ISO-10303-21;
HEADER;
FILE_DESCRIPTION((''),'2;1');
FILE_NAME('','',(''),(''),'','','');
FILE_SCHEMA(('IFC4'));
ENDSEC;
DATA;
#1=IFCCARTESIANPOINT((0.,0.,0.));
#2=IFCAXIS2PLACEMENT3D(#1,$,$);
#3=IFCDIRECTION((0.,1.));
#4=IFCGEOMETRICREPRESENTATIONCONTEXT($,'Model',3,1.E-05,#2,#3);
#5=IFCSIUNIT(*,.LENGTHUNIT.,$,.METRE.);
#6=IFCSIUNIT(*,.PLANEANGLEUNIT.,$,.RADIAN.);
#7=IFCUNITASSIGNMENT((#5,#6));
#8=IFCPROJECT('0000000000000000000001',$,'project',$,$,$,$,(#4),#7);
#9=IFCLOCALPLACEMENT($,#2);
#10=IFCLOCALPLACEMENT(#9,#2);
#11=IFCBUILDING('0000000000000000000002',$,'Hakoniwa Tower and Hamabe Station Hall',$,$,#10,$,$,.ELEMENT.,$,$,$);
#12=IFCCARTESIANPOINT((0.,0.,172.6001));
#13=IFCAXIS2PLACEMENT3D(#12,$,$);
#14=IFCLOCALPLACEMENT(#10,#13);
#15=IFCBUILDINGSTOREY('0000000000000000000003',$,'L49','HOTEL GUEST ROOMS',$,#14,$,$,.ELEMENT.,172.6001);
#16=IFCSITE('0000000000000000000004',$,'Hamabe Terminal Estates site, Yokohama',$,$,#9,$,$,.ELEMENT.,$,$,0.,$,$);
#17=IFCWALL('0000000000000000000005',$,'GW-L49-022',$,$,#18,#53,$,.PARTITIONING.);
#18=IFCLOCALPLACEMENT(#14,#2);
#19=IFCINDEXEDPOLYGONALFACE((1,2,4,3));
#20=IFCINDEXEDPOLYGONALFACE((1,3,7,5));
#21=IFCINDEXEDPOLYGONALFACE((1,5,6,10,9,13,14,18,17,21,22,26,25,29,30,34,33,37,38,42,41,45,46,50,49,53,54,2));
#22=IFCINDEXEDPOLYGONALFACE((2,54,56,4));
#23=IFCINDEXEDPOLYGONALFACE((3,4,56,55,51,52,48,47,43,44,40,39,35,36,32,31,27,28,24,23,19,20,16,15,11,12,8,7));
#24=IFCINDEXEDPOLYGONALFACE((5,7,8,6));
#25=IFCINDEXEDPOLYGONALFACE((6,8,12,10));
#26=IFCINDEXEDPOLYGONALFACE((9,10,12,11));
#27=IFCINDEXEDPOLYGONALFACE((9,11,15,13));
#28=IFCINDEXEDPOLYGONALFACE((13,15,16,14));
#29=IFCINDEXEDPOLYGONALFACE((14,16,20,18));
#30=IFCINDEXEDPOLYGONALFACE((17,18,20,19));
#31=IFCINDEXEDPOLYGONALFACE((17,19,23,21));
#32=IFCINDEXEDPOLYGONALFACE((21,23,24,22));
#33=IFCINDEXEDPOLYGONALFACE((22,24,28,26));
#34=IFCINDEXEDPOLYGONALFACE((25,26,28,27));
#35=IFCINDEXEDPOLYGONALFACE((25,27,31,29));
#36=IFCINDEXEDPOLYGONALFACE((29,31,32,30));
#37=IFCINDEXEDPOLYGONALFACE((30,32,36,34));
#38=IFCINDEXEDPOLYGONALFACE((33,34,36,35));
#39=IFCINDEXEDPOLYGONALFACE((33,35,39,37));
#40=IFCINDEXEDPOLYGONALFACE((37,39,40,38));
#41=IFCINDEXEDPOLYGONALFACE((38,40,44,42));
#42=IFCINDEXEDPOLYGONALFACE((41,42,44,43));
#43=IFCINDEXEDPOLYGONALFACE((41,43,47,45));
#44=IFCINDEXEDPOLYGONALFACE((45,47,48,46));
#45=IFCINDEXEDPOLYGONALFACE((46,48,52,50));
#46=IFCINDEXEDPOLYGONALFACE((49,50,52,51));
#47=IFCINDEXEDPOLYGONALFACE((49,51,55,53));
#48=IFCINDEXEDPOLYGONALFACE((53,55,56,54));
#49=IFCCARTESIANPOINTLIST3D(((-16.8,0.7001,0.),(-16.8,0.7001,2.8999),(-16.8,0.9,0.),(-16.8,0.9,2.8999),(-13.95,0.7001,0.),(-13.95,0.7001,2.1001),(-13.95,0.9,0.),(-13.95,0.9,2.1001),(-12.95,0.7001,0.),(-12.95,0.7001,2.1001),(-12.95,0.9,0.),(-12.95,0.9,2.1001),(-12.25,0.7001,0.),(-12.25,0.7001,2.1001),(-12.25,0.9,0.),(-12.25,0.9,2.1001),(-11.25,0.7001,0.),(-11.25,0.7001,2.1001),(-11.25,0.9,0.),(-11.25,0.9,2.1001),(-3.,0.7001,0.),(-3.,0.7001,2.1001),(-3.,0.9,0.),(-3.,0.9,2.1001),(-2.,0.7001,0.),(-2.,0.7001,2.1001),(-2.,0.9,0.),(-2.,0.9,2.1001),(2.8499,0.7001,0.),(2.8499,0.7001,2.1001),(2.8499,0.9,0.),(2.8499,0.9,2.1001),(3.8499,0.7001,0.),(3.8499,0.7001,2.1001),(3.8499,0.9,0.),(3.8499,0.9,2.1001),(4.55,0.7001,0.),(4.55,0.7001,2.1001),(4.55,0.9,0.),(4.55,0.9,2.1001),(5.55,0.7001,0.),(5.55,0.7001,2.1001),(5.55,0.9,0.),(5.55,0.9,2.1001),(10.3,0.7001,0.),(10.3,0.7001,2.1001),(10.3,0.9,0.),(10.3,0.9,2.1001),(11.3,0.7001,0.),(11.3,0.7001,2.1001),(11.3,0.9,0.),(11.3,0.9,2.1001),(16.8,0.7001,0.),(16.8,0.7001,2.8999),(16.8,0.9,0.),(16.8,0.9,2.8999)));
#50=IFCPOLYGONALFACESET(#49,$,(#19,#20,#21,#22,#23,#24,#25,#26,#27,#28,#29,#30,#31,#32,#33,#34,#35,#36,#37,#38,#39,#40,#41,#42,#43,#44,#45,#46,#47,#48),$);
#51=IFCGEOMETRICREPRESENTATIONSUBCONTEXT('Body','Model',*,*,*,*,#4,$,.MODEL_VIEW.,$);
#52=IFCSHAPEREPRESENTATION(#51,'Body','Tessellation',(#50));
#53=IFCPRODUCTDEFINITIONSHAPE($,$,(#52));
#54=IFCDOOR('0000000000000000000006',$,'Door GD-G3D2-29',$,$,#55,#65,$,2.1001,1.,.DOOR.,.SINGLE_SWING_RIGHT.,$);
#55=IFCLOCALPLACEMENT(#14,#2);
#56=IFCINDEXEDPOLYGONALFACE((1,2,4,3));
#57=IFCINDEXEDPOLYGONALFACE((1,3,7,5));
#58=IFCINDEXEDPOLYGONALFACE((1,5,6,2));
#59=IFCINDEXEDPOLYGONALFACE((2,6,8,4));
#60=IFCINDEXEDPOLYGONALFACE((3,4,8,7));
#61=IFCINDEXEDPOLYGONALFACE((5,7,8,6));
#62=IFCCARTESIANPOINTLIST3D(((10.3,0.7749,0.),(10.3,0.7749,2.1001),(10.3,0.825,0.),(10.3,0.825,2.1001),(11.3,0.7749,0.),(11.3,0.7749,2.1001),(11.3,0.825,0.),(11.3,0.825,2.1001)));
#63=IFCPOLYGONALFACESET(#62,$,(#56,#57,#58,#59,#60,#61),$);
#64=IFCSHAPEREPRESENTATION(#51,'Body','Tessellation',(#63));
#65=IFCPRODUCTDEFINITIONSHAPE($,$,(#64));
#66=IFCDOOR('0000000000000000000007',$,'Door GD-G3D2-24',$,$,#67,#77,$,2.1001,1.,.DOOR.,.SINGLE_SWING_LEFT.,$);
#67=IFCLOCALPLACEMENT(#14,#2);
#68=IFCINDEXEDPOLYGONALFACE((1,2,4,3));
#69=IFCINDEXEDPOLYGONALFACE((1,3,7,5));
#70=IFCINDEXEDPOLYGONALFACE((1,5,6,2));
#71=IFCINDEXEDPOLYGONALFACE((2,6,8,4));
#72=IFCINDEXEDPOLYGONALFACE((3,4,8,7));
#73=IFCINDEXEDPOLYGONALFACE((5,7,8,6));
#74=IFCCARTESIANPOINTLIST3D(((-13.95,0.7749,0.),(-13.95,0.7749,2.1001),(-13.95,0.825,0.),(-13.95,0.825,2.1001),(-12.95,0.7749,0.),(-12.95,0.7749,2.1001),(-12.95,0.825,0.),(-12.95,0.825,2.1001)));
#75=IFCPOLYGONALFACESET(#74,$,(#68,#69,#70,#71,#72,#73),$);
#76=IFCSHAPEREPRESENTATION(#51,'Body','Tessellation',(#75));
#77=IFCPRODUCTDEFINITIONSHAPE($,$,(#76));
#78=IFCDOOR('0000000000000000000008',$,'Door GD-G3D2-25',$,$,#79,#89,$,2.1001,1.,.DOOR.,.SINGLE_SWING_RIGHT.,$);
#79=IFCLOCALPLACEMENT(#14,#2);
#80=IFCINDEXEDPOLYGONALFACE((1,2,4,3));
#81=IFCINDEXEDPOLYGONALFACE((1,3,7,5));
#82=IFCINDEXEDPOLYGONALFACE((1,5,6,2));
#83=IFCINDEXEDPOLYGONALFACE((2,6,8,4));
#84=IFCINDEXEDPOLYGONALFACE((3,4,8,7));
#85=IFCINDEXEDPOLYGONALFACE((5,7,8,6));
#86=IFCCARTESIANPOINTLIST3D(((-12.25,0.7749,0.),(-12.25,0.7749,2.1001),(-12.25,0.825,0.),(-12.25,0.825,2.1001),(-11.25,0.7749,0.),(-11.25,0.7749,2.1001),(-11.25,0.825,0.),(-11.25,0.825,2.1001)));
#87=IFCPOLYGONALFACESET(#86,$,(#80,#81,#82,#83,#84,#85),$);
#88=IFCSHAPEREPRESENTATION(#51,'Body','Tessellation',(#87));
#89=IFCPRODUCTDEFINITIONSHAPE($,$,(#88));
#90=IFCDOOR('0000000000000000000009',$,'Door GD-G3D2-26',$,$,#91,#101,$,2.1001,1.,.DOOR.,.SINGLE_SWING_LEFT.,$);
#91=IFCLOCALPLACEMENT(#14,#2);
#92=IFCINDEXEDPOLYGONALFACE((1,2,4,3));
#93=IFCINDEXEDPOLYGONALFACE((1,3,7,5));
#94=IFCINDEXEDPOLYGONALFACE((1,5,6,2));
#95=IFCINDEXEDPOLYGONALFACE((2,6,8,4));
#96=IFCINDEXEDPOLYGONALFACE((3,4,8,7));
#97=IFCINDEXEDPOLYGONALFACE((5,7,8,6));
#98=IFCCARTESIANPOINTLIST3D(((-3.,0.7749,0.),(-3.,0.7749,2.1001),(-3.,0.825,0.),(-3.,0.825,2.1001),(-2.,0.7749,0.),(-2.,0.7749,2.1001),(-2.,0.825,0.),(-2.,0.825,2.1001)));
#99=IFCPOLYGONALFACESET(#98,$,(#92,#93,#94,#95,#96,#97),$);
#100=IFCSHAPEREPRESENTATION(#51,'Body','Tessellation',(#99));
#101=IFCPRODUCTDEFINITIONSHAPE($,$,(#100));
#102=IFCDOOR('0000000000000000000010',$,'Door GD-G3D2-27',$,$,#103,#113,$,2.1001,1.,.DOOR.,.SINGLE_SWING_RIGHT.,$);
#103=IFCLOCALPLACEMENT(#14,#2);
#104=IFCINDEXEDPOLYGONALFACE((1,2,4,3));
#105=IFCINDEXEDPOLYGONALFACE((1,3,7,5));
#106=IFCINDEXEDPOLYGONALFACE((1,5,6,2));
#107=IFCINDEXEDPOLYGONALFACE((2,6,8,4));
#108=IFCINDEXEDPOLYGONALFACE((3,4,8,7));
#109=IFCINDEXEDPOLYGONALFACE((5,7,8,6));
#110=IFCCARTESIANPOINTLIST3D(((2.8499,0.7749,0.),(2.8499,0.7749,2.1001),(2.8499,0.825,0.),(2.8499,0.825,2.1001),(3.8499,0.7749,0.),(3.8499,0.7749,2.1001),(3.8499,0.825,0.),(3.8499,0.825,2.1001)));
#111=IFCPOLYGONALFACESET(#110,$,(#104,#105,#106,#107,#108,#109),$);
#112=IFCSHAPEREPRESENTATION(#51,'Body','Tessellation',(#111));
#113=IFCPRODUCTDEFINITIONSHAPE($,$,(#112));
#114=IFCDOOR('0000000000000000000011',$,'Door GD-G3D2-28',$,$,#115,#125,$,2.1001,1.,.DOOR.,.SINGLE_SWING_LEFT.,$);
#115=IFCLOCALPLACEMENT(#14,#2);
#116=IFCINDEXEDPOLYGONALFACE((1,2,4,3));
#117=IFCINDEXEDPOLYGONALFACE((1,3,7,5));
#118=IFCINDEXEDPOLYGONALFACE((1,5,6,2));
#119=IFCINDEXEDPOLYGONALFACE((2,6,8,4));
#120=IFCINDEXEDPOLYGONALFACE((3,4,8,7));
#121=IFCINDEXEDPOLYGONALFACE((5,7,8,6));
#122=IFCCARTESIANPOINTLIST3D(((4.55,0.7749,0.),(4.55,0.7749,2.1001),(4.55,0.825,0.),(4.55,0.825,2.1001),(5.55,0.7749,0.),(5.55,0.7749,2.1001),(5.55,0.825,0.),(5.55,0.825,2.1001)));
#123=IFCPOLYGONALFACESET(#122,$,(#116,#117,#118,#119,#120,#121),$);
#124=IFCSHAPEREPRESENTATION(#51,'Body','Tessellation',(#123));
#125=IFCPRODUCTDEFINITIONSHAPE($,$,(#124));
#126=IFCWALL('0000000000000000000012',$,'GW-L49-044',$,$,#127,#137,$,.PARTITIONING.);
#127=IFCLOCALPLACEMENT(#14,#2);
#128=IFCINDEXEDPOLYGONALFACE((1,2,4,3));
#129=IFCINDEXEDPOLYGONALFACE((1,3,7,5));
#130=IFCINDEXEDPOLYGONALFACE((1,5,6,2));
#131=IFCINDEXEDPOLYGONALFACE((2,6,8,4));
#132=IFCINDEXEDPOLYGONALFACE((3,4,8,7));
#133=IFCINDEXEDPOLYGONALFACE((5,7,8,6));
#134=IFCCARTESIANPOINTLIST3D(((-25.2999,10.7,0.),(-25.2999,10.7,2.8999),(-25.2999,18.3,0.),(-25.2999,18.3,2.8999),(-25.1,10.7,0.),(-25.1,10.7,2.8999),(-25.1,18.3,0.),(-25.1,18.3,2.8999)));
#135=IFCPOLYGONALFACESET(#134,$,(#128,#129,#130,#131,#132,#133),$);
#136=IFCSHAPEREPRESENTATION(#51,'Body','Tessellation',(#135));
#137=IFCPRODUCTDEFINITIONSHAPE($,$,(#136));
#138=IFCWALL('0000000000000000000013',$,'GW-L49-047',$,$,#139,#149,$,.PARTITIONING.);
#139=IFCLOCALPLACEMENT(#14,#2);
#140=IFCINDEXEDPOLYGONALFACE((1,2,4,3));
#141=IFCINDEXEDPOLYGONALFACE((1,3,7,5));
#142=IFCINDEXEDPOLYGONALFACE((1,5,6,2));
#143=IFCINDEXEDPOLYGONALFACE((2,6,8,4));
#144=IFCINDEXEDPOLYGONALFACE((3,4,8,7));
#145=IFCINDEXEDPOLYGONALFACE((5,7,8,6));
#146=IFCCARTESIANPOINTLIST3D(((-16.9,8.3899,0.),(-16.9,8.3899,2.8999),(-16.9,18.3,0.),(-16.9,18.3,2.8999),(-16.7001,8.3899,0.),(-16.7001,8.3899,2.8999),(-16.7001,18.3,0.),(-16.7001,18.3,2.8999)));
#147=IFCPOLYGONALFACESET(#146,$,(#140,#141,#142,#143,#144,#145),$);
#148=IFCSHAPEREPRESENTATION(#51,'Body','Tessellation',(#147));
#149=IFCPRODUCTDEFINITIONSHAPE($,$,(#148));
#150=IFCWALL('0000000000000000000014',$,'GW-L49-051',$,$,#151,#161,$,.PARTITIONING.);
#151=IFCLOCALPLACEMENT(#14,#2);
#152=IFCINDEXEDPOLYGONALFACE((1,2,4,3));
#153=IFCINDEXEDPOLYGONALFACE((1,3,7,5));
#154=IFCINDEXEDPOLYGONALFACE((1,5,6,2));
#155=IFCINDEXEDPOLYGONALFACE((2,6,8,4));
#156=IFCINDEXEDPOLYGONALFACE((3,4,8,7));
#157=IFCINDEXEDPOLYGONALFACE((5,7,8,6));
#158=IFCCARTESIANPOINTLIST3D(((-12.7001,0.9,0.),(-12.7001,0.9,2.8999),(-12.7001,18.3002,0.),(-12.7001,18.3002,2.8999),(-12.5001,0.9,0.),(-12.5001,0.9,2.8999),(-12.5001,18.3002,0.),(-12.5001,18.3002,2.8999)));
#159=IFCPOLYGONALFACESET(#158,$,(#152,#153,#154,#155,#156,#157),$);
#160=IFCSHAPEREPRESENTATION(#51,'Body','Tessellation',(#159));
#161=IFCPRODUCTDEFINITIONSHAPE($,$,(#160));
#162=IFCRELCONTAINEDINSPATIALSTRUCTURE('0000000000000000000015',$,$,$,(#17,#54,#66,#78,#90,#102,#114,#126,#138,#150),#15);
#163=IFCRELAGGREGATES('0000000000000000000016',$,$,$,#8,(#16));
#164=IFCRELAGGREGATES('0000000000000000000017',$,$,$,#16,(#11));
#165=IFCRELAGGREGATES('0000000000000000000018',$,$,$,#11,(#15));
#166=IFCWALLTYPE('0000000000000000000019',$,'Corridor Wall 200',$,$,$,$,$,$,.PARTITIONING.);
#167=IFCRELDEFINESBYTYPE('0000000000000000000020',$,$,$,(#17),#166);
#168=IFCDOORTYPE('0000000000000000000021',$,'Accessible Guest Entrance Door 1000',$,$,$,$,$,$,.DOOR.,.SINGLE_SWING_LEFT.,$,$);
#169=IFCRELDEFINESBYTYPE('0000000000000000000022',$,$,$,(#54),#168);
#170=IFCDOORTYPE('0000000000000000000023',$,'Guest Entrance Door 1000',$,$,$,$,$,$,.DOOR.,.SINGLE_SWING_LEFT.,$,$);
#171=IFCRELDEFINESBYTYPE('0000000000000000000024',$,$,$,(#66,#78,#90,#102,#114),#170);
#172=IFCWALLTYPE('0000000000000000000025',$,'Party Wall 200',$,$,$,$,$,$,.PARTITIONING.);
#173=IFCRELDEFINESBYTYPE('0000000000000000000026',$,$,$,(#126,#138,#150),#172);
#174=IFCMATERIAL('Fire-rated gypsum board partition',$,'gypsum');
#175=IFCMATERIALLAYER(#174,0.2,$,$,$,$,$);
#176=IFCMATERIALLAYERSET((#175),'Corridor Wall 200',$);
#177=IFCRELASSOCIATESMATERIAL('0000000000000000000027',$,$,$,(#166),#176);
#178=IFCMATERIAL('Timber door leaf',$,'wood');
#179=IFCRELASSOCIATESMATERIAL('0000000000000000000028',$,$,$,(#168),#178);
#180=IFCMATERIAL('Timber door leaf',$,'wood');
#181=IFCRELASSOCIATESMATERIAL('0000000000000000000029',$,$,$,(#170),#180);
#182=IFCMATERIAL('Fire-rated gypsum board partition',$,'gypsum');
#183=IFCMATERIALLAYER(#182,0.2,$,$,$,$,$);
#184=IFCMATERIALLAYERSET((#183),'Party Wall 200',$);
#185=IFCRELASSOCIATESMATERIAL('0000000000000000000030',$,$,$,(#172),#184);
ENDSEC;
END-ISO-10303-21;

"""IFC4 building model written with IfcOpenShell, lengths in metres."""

from ifc_helpers import new_model, si_unit, direction, frame, frame_2d, origin, place, context, subcontext, project, spatial, rectangle, extrude, material, layer, layer_set, type_object, element, fill, save


model = new_model("IFC4")

# Units and contexts
model_context = context("Model", 3, precision=1e-05, world=origin(), true_north=direction((0.0, 1.0)))
body_context = subcontext(model_context, "Body", "Model", "MODEL_VIEW")
ifc_project = project(units=[si_unit("LENGTHUNIT", "METRE"), si_unit("PLANEANGLEUNIT", "RADIAN")], contexts=[model_context])

# Site, building, storey
site_placement = place(None, origin())
site = spatial("IfcSite", under=ifc_project, at=site_placement, Name="Hamabe Terminal Estates site, Yokohama", CompositionType="ELEMENT", RefElevation=0.0)
building_placement = place(site_placement, origin())
building = spatial("IfcBuilding", under=site, at=building_placement, Name="Hakoniwa Tower and Hamabe Station Hall", CompositionType="ELEMENT")
storey_placement = place(building_placement, frame((0.0, 0.0, 172.6001)))
storey = spatial("IfcBuildingStorey", under=building, at=storey_placement, Name="L49", Description="HOTEL GUEST ROOMS", CompositionType="ELEMENT", Elevation=172.6001)

# Wall, openings, doors
ifc_material_1 = material(Name="Fire-rated gypsum board partition", Category="gypsum")
ifc_layer_1 = layer(ifc_material_1, 0.2)
ifc_layer_set_1 = layer_set([ifc_layer_1], Name="Corridor Wall 200")
wall_type_1 = type_object("IfcWallType", Name="Corridor Wall 200", PredefinedType="PARTITIONING", material=ifc_layer_set_1)
wall_1_placement = place(storey_placement, frame((-16.8, 0.8, 0.0), z_axis=(0.0, 0.0, 1.0), x_axis=(1.0, 0.0, 0.0)))
wall_1 = element("IfcWall", 1, at=wall_1_placement, inside=storey, type_object=wall_type_1, Name="GW-L49-022", PredefinedType="PARTITIONING", context=body_context, shape_type="SweptSolid", body=[
    extrude(rectangle(XDim=33.6001, YDim=0.2, at=frame_2d((16.8, 0.0))), origin(), (0.0, 0.0, 1.0), 2.8999),
])
opening_1_placement = place(wall_1_placement, frame((2.8501, 0.0, 0.0)))
opening_1 = element("IfcOpeningElement", 2, at=opening_1_placement, cuts=wall_1, PredefinedType="OPENING", context=body_context, shape_type="SweptSolid", body=[
    extrude(rectangle(XDim=1.0, YDim=2.1001, at=frame_2d((0.5, 1.05))), frame((0.0, 0.1099, 0.0), z_axis=(0.0, -1.0, 0.0), x_axis=(1.0, 0.0, 0.0)), (0.0, 0.0, 1.0), 0.22),
])
opening_2_placement = place(wall_1_placement, frame((4.55, 0.0, 0.0)))
opening_2 = element("IfcOpeningElement", 3, at=opening_2_placement, cuts=wall_1, PredefinedType="OPENING", context=body_context, shape_type="SweptSolid", body=[
    extrude(rectangle(XDim=1.0, YDim=2.1001, at=frame_2d((0.5, 1.05))), frame((0.0, 0.1099, 0.0), z_axis=(0.0, -1.0, 0.0), x_axis=(1.0, 0.0, 0.0)), (0.0, 0.0, 1.0), 0.22),
])
opening_3_placement = place(wall_1_placement, frame((13.8, 0.0, 0.0)))
opening_3 = element("IfcOpeningElement", 4, at=opening_3_placement, cuts=wall_1, PredefinedType="OPENING", context=body_context, shape_type="SweptSolid", body=[
    extrude(rectangle(XDim=1.0, YDim=2.1001, at=frame_2d((0.5, 1.05))), frame((0.0, 0.1099, 0.0), z_axis=(0.0, -1.0, 0.0), x_axis=(1.0, 0.0, 0.0)), (0.0, 0.0, 1.0), 0.22),
])
opening_4_placement = place(wall_1_placement, frame((19.6499, 0.0, 0.0)))
opening_4 = element("IfcOpeningElement", 5, at=opening_4_placement, cuts=wall_1, PredefinedType="OPENING", context=body_context, shape_type="SweptSolid", body=[
    extrude(rectangle(XDim=1.0, YDim=2.1001, at=frame_2d((0.5, 1.05))), frame((0.0, 0.1099, 0.0), z_axis=(0.0, -1.0, 0.0), x_axis=(1.0, 0.0, 0.0)), (0.0, 0.0, 1.0), 0.22),
])
opening_5_placement = place(wall_1_placement, frame((21.3501, 0.0, 0.0)))
opening_5 = element("IfcOpeningElement", 6, at=opening_5_placement, cuts=wall_1, PredefinedType="OPENING", context=body_context, shape_type="SweptSolid", body=[
    extrude(rectangle(XDim=1.0, YDim=2.1001, at=frame_2d((0.5, 1.05))), frame((0.0, 0.1099, 0.0), z_axis=(0.0, -1.0, 0.0), x_axis=(1.0, 0.0, 0.0)), (0.0, 0.0, 1.0), 0.22),
])
opening_6_placement = place(wall_1_placement, frame((27.1001, 0.0, 0.0)))
opening_6 = element("IfcOpeningElement", 7, at=opening_6_placement, cuts=wall_1, PredefinedType="OPENING", context=body_context, shape_type="SweptSolid", body=[
    extrude(rectangle(XDim=1.0, YDim=2.1001, at=frame_2d((0.5, 1.05))), frame((0.0, 0.1099, 0.0), z_axis=(0.0, -1.0, 0.0), x_axis=(1.0, 0.0, 0.0)), (0.0, 0.0, 1.0), 0.22),
])
ifc_material_2 = material(Name="Timber door leaf", Category="wood")
door_type_1 = type_object("IfcDoorType", Name="Accessible Guest Entrance Door 1000", OperationType="SINGLE_SWING_LEFT", PredefinedType="DOOR", material=ifc_material_2)
door_1_placement = place(opening_6_placement, origin())
door_1 = element("IfcDoor", 8, at=door_1_placement, inside=storey, type_object=door_type_1, Name="Door GD-G3D2-29", OperationType="SINGLE_SWING_RIGHT", OverallHeight=2.1001, OverallWidth=1.0, PredefinedType="DOOR", context=body_context, shape_type="SweptSolid", body=[
    extrude(rectangle(XDim=1.0, YDim=2.1001, at=frame_2d((0.5, 1.05))), frame((0.0, 0.0249, 0.0), z_axis=(0.0, -1.0, 0.0), x_axis=(1.0, 0.0, 0.0)), (0.0, 0.0, 1.0), 0.05),
])
fill(opening_6, door_1)
ifc_material_3 = material(Name="Timber door leaf", Category="wood")
door_type_2 = type_object("IfcDoorType", Name="Guest Entrance Door 1000", OperationType="SINGLE_SWING_LEFT", PredefinedType="DOOR", material=ifc_material_3)
door_2_placement = place(opening_1_placement, origin())
door_2 = element("IfcDoor", 9, at=door_2_placement, inside=storey, type_object=door_type_2, Name="Door GD-G3D2-24", OperationType="SINGLE_SWING_LEFT", OverallHeight=2.1001, OverallWidth=1.0, PredefinedType="DOOR", context=body_context, shape_type="SweptSolid", body=[
    extrude(rectangle(XDim=1.0, YDim=2.1001, at=frame_2d((0.5, 1.05))), frame((0.0, 0.0249, 0.0), z_axis=(0.0, -1.0, 0.0), x_axis=(1.0, 0.0, 0.0)), (0.0, 0.0, 1.0), 0.05),
])
fill(opening_1, door_2)
door_3_placement = place(opening_2_placement, origin())
door_3 = element("IfcDoor", 10, at=door_3_placement, inside=storey, type_object=door_type_2, Name="Door GD-G3D2-25", OperationType="SINGLE_SWING_RIGHT", OverallHeight=2.1001, OverallWidth=1.0, PredefinedType="DOOR", context=body_context, shape_type="SweptSolid", body=[
    extrude(rectangle(XDim=1.0, YDim=2.1001, at=frame_2d((0.5, 1.05))), frame((0.0, 0.0249, 0.0), z_axis=(0.0, -1.0, 0.0), x_axis=(1.0, 0.0, 0.0)), (0.0, 0.0, 1.0), 0.05),
])
fill(opening_2, door_3)
door_4_placement = place(opening_3_placement, origin())
door_4 = element("IfcDoor", 11, at=door_4_placement, inside=storey, type_object=door_type_2, Name="Door GD-G3D2-26", OperationType="SINGLE_SWING_LEFT", OverallHeight=2.1001, OverallWidth=1.0, PredefinedType="DOOR", context=body_context, shape_type="SweptSolid", body=[
    extrude(rectangle(XDim=1.0, YDim=2.1001, at=frame_2d((0.5, 1.05))), frame((0.0, 0.0249, 0.0), z_axis=(0.0, -1.0, 0.0), x_axis=(1.0, 0.0, 0.0)), (0.0, 0.0, 1.0), 0.05),
])
fill(opening_3, door_4)
door_5_placement = place(opening_4_placement, origin())
door_5 = element("IfcDoor", 12, at=door_5_placement, inside=storey, type_object=door_type_2, Name="Door GD-G3D2-27", OperationType="SINGLE_SWING_RIGHT", OverallHeight=2.1001, OverallWidth=1.0, PredefinedType="DOOR", context=body_context, shape_type="SweptSolid", body=[
    extrude(rectangle(XDim=1.0, YDim=2.1001, at=frame_2d((0.5, 1.05))), frame((0.0, 0.0249, 0.0), z_axis=(0.0, -1.0, 0.0), x_axis=(1.0, 0.0, 0.0)), (0.0, 0.0, 1.0), 0.05),
])
fill(opening_4, door_5)
door_6_placement = place(opening_5_placement, origin())
door_6 = element("IfcDoor", 13, at=door_6_placement, inside=storey, type_object=door_type_2, Name="Door GD-G3D2-28", OperationType="SINGLE_SWING_LEFT", OverallHeight=2.1001, OverallWidth=1.0, PredefinedType="DOOR", context=body_context, shape_type="SweptSolid", body=[
    extrude(rectangle(XDim=1.0, YDim=2.1001, at=frame_2d((0.5, 1.05))), frame((0.0, 0.0249, 0.0), z_axis=(0.0, -1.0, 0.0), x_axis=(1.0, 0.0, 0.0)), (0.0, 0.0, 1.0), 0.05),
])
fill(opening_5, door_6)

# Walls
ifc_material_4 = material(Name="Fire-rated gypsum board partition", Category="gypsum")
ifc_layer_2 = layer(ifc_material_4, 0.2)
ifc_layer_set_2 = layer_set([ifc_layer_2], Name="Party Wall 200")
wall_type_2 = type_object("IfcWallType", Name="Party Wall 200", PredefinedType="PARTITIONING", material=ifc_layer_set_2)
wall_2_placement = place(storey_placement, frame((-25.2, 10.7, 0.0), z_axis=(0.0, 0.0, 1.0), x_axis=(0.0, 1.0, 0.0)))
element("IfcWall", 14, at=wall_2_placement, inside=storey, type_object=wall_type_2, Name="GW-L49-044", PredefinedType="PARTITIONING", context=body_context, shape_type="SweptSolid", body=[
    extrude(rectangle(XDim=7.6001, YDim=0.2, at=frame_2d((3.8, 0.0))), origin(), (0.0, 0.0, 1.0), 2.8999),
])
wall_3_placement = place(storey_placement, frame((-16.8, 8.3899, 0.0), z_axis=(0.0, 0.0, 1.0), x_axis=(0.0, 1.0, 0.0)))
element("IfcWall", 15, at=wall_3_placement, inside=storey, type_object=wall_type_2, Name="GW-L49-047", PredefinedType="PARTITIONING", context=body_context, shape_type="SweptSolid", body=[
    extrude(rectangle(XDim=9.9102, YDim=0.2, at=frame_2d((4.9551, 0.0))), origin(), (0.0, 0.0, 1.0), 2.8999),
])
wall_4_placement = place(storey_placement, frame((-12.6001, 0.8999, 0.0), z_axis=(0.0, 0.0, 1.0), x_axis=(0.0, 1.0, 0.0)))
element("IfcWall", 16, at=wall_4_placement, inside=storey, type_object=wall_type_2, Name="GW-L49-051", PredefinedType="PARTITIONING", context=body_context, shape_type="SweptSolid", body=[
    extrude(rectangle(XDim=17.4001, YDim=0.2, at=frame_2d((8.7002, 0.0))), origin(), (0.0, 0.0, 1.0), 2.8999),
])

save(model, "model.ifc")
